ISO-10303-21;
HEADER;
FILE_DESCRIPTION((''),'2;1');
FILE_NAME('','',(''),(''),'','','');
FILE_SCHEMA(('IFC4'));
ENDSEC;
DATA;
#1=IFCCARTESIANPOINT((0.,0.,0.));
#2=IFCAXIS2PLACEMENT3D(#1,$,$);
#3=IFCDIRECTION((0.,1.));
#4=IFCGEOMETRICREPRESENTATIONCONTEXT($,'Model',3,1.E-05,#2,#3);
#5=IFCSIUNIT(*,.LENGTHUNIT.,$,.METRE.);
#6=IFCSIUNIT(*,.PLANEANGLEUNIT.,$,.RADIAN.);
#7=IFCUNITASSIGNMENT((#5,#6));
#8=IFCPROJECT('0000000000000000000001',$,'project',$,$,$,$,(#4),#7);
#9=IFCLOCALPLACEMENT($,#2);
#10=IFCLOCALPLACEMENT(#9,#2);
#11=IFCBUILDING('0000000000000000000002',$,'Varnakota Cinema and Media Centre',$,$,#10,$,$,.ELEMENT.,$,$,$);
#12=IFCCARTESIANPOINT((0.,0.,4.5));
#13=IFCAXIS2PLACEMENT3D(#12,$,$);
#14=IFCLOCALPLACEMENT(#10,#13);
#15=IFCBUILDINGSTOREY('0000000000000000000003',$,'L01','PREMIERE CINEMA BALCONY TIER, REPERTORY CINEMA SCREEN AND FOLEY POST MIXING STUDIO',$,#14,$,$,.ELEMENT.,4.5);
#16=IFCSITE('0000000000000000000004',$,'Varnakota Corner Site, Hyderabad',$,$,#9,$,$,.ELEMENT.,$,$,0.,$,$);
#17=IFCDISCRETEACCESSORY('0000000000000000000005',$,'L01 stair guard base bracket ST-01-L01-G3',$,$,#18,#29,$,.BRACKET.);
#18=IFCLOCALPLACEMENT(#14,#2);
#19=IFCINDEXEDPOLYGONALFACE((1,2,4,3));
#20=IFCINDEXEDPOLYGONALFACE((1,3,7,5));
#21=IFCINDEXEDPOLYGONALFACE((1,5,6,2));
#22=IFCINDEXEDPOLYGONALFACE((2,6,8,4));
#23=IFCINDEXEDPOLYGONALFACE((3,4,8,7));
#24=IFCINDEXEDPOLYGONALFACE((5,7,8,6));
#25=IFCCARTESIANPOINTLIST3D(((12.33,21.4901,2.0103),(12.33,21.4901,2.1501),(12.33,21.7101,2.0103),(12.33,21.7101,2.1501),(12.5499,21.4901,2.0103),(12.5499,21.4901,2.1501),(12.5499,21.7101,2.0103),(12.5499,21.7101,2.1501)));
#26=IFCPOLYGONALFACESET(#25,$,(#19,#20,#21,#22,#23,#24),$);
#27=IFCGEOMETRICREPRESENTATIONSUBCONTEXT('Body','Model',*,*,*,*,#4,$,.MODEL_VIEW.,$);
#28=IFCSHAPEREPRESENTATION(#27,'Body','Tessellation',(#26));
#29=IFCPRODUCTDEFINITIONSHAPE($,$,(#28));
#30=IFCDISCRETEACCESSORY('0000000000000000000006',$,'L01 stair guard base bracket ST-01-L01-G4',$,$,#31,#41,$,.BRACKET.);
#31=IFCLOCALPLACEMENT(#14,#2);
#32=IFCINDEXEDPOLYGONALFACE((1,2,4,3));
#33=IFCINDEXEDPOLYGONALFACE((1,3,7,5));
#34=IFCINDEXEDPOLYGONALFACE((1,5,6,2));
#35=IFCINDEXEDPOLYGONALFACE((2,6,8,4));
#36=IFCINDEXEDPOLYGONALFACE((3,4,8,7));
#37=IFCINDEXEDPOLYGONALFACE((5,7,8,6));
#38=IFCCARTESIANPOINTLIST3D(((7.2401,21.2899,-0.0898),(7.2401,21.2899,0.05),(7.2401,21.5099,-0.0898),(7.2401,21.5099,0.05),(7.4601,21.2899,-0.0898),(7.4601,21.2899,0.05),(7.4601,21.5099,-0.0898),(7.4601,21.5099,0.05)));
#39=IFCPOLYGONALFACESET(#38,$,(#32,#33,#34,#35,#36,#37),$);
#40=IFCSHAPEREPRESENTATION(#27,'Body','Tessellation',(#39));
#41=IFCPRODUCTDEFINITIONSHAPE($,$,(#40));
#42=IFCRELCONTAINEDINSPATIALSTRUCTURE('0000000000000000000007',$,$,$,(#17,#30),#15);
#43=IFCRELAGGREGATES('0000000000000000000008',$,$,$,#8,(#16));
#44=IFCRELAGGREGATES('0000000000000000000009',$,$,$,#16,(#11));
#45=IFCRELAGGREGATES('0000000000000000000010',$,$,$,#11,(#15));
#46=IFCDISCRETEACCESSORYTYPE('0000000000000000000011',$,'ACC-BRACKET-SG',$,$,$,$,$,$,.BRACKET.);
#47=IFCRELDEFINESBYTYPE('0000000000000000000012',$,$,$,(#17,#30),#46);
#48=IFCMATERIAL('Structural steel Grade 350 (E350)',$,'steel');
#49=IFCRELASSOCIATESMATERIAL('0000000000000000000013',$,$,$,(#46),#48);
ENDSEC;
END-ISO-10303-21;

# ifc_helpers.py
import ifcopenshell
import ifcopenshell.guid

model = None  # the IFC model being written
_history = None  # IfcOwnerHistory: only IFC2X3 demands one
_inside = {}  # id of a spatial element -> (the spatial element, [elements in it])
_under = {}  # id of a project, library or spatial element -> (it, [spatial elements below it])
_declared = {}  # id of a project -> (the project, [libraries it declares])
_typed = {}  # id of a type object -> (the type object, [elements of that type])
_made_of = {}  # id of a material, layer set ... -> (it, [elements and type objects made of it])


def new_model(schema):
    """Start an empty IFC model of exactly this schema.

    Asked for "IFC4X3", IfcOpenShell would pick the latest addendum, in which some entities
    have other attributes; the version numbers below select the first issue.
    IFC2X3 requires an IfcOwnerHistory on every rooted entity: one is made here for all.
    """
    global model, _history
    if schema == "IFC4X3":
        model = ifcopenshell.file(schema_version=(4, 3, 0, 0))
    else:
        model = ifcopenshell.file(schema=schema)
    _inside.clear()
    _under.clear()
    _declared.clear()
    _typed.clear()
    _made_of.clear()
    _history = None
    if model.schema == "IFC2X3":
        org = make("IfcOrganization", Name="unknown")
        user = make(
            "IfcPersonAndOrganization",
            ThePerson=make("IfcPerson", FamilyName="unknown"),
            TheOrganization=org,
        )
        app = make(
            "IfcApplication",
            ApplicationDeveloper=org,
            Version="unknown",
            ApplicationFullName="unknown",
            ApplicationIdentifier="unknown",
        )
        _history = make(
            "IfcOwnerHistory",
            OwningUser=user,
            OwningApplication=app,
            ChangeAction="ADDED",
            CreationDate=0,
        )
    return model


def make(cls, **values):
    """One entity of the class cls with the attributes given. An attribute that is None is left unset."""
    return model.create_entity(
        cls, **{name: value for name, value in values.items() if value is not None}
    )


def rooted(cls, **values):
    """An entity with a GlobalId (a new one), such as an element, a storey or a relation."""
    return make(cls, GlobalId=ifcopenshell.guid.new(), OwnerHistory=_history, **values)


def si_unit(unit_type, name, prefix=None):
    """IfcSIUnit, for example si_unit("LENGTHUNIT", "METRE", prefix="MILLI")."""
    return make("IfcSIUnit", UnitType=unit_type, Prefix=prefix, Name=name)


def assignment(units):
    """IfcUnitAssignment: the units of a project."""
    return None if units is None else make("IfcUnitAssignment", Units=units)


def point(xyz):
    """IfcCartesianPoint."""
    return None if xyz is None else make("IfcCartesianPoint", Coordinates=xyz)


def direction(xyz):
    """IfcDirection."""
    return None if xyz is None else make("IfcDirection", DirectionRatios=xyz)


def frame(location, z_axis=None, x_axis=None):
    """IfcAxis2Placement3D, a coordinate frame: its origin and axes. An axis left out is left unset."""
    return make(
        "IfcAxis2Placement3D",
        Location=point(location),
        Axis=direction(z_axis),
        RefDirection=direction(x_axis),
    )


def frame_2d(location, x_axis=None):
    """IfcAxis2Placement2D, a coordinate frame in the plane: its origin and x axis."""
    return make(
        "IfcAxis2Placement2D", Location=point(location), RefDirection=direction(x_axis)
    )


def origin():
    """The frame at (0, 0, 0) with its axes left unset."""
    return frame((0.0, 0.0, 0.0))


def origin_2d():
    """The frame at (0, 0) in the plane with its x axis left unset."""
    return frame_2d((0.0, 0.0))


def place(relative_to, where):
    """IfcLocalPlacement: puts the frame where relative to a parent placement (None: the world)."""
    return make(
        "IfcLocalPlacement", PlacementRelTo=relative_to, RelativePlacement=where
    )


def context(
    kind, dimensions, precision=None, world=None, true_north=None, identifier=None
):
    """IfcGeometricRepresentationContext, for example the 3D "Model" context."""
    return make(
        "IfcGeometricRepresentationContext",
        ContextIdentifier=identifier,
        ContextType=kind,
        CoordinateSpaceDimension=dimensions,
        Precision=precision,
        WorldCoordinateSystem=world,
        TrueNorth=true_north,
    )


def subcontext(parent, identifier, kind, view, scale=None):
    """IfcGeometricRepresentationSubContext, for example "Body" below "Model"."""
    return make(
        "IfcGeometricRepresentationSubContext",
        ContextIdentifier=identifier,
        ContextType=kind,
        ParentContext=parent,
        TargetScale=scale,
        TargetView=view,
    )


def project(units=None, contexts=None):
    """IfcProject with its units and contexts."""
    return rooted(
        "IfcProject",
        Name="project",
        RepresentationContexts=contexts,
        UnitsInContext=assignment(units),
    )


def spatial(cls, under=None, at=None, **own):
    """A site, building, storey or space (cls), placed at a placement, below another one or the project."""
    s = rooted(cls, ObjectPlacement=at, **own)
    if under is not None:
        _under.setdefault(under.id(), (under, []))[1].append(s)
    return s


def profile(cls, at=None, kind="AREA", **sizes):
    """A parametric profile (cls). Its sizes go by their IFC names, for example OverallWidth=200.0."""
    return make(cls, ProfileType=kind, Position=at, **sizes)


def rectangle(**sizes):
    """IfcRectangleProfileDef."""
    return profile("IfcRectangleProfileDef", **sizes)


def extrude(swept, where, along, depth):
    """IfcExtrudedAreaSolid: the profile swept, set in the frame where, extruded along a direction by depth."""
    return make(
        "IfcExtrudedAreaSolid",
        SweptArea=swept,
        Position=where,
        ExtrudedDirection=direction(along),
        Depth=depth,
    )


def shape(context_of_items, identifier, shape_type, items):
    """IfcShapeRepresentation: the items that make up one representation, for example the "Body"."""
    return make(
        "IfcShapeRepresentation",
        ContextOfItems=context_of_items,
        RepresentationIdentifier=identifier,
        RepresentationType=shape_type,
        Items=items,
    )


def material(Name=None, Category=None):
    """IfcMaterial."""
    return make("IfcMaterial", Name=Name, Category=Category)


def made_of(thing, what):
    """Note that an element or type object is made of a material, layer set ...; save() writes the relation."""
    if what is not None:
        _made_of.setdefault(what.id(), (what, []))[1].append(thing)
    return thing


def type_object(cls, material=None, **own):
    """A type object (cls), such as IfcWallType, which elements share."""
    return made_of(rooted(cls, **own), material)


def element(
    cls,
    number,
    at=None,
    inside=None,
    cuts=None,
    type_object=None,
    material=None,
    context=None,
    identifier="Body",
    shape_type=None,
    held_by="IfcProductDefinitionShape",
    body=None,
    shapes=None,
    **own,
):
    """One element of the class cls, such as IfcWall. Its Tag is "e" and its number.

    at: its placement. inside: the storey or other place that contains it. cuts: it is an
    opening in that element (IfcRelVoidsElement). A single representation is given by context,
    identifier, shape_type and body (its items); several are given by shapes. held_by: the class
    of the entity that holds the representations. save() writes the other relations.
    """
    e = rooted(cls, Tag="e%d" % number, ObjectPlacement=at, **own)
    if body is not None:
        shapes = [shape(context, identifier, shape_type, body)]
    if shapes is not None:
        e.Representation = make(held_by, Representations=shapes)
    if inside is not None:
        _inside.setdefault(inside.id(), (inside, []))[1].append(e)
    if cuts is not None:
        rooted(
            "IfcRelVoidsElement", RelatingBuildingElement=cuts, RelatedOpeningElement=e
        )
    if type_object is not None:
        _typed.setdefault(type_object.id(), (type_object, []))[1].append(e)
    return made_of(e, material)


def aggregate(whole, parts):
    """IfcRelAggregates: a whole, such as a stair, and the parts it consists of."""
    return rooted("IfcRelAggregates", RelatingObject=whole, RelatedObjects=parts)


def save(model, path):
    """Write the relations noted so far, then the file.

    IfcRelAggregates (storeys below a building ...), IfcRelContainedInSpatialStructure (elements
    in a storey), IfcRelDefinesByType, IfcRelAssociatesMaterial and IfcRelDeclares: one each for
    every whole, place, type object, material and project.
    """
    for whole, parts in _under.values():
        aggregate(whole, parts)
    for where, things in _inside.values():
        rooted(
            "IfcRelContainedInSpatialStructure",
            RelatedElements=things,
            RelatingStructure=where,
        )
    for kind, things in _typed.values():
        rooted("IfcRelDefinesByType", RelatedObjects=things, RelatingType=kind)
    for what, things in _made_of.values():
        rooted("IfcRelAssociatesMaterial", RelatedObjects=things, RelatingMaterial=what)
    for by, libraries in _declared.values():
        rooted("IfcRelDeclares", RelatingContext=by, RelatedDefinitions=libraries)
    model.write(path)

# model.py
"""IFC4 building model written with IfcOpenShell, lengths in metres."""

from ifc_helpers import new_model, si_unit, direction, frame, origin, origin_2d, place, context, subcontext, project, spatial, rectangle, extrude, material, type_object, element, save


model = new_model("IFC4")

# Units and contexts
model_context = context("Model", 3, precision=1e-05, world=origin(), true_north=direction((0.0, 1.0)))
body_context = subcontext(model_context, "Body", "Model", "MODEL_VIEW")
ifc_project = project(units=[si_unit("LENGTHUNIT", "METRE"), si_unit("PLANEANGLEUNIT", "RADIAN")], contexts=[model_context])

# Site, building, storey
site_placement = place(None, origin())
site = spatial("IfcSite", under=ifc_project, at=site_placement, Name="Varnakota Corner Site, Hyderabad", CompositionType="ELEMENT", RefElevation=0.0)
building_placement = place(site_placement, origin())
building = spatial("IfcBuilding", under=site, at=building_placement, Name="Varnakota Cinema and Media Centre", CompositionType="ELEMENT")
storey_placement = place(building_placement, frame((0.0, 0.0, 4.5)))
storey = spatial("IfcBuildingStorey", under=building, at=storey_placement, Name="L01", Description="PREMIERE CINEMA BALCONY TIER, REPERTORY CINEMA SCREEN AND FOLEY POST MIXING STUDIO", CompositionType="ELEMENT", Elevation=4.5)

# Discrete accessories
ifc_material_1 = material(Name="Structural steel Grade 350 (E350)", Category="steel")
discrete_accessory_type = type_object("IfcDiscreteAccessoryType", Name="ACC-BRACKET-SG", PredefinedType="BRACKET", material=ifc_material_1)
for number, where, z_axis, x_axis, name in (
    (1, (12.4399, 21.6001, 2.0103), (0.0, 0.0, 1.0), (1.0, 0.0, 0.0), "L01 stair guard base bracket ST-01-L01-G3"),
    (2, (7.3501, 21.3999, -0.0898), (0.0, 0.0, 1.0), (1.0, 0.0, 0.0), "L01 stair guard base bracket ST-01-L01-G4"),
):
    element("IfcDiscreteAccessory", number, at=place(storey_placement, frame(where, z_axis=z_axis, x_axis=x_axis)), inside=storey, type_object=discrete_accessory_type, Name=name, PredefinedType="BRACKET", context=body_context, shape_type="SweptSolid", body=[
        extrude(rectangle(XDim=0.22, YDim=0.22, at=origin_2d()), origin(), (0.0, 0.0, 1.0), 0.1399),
    ])

save(model, "model.ifc")
